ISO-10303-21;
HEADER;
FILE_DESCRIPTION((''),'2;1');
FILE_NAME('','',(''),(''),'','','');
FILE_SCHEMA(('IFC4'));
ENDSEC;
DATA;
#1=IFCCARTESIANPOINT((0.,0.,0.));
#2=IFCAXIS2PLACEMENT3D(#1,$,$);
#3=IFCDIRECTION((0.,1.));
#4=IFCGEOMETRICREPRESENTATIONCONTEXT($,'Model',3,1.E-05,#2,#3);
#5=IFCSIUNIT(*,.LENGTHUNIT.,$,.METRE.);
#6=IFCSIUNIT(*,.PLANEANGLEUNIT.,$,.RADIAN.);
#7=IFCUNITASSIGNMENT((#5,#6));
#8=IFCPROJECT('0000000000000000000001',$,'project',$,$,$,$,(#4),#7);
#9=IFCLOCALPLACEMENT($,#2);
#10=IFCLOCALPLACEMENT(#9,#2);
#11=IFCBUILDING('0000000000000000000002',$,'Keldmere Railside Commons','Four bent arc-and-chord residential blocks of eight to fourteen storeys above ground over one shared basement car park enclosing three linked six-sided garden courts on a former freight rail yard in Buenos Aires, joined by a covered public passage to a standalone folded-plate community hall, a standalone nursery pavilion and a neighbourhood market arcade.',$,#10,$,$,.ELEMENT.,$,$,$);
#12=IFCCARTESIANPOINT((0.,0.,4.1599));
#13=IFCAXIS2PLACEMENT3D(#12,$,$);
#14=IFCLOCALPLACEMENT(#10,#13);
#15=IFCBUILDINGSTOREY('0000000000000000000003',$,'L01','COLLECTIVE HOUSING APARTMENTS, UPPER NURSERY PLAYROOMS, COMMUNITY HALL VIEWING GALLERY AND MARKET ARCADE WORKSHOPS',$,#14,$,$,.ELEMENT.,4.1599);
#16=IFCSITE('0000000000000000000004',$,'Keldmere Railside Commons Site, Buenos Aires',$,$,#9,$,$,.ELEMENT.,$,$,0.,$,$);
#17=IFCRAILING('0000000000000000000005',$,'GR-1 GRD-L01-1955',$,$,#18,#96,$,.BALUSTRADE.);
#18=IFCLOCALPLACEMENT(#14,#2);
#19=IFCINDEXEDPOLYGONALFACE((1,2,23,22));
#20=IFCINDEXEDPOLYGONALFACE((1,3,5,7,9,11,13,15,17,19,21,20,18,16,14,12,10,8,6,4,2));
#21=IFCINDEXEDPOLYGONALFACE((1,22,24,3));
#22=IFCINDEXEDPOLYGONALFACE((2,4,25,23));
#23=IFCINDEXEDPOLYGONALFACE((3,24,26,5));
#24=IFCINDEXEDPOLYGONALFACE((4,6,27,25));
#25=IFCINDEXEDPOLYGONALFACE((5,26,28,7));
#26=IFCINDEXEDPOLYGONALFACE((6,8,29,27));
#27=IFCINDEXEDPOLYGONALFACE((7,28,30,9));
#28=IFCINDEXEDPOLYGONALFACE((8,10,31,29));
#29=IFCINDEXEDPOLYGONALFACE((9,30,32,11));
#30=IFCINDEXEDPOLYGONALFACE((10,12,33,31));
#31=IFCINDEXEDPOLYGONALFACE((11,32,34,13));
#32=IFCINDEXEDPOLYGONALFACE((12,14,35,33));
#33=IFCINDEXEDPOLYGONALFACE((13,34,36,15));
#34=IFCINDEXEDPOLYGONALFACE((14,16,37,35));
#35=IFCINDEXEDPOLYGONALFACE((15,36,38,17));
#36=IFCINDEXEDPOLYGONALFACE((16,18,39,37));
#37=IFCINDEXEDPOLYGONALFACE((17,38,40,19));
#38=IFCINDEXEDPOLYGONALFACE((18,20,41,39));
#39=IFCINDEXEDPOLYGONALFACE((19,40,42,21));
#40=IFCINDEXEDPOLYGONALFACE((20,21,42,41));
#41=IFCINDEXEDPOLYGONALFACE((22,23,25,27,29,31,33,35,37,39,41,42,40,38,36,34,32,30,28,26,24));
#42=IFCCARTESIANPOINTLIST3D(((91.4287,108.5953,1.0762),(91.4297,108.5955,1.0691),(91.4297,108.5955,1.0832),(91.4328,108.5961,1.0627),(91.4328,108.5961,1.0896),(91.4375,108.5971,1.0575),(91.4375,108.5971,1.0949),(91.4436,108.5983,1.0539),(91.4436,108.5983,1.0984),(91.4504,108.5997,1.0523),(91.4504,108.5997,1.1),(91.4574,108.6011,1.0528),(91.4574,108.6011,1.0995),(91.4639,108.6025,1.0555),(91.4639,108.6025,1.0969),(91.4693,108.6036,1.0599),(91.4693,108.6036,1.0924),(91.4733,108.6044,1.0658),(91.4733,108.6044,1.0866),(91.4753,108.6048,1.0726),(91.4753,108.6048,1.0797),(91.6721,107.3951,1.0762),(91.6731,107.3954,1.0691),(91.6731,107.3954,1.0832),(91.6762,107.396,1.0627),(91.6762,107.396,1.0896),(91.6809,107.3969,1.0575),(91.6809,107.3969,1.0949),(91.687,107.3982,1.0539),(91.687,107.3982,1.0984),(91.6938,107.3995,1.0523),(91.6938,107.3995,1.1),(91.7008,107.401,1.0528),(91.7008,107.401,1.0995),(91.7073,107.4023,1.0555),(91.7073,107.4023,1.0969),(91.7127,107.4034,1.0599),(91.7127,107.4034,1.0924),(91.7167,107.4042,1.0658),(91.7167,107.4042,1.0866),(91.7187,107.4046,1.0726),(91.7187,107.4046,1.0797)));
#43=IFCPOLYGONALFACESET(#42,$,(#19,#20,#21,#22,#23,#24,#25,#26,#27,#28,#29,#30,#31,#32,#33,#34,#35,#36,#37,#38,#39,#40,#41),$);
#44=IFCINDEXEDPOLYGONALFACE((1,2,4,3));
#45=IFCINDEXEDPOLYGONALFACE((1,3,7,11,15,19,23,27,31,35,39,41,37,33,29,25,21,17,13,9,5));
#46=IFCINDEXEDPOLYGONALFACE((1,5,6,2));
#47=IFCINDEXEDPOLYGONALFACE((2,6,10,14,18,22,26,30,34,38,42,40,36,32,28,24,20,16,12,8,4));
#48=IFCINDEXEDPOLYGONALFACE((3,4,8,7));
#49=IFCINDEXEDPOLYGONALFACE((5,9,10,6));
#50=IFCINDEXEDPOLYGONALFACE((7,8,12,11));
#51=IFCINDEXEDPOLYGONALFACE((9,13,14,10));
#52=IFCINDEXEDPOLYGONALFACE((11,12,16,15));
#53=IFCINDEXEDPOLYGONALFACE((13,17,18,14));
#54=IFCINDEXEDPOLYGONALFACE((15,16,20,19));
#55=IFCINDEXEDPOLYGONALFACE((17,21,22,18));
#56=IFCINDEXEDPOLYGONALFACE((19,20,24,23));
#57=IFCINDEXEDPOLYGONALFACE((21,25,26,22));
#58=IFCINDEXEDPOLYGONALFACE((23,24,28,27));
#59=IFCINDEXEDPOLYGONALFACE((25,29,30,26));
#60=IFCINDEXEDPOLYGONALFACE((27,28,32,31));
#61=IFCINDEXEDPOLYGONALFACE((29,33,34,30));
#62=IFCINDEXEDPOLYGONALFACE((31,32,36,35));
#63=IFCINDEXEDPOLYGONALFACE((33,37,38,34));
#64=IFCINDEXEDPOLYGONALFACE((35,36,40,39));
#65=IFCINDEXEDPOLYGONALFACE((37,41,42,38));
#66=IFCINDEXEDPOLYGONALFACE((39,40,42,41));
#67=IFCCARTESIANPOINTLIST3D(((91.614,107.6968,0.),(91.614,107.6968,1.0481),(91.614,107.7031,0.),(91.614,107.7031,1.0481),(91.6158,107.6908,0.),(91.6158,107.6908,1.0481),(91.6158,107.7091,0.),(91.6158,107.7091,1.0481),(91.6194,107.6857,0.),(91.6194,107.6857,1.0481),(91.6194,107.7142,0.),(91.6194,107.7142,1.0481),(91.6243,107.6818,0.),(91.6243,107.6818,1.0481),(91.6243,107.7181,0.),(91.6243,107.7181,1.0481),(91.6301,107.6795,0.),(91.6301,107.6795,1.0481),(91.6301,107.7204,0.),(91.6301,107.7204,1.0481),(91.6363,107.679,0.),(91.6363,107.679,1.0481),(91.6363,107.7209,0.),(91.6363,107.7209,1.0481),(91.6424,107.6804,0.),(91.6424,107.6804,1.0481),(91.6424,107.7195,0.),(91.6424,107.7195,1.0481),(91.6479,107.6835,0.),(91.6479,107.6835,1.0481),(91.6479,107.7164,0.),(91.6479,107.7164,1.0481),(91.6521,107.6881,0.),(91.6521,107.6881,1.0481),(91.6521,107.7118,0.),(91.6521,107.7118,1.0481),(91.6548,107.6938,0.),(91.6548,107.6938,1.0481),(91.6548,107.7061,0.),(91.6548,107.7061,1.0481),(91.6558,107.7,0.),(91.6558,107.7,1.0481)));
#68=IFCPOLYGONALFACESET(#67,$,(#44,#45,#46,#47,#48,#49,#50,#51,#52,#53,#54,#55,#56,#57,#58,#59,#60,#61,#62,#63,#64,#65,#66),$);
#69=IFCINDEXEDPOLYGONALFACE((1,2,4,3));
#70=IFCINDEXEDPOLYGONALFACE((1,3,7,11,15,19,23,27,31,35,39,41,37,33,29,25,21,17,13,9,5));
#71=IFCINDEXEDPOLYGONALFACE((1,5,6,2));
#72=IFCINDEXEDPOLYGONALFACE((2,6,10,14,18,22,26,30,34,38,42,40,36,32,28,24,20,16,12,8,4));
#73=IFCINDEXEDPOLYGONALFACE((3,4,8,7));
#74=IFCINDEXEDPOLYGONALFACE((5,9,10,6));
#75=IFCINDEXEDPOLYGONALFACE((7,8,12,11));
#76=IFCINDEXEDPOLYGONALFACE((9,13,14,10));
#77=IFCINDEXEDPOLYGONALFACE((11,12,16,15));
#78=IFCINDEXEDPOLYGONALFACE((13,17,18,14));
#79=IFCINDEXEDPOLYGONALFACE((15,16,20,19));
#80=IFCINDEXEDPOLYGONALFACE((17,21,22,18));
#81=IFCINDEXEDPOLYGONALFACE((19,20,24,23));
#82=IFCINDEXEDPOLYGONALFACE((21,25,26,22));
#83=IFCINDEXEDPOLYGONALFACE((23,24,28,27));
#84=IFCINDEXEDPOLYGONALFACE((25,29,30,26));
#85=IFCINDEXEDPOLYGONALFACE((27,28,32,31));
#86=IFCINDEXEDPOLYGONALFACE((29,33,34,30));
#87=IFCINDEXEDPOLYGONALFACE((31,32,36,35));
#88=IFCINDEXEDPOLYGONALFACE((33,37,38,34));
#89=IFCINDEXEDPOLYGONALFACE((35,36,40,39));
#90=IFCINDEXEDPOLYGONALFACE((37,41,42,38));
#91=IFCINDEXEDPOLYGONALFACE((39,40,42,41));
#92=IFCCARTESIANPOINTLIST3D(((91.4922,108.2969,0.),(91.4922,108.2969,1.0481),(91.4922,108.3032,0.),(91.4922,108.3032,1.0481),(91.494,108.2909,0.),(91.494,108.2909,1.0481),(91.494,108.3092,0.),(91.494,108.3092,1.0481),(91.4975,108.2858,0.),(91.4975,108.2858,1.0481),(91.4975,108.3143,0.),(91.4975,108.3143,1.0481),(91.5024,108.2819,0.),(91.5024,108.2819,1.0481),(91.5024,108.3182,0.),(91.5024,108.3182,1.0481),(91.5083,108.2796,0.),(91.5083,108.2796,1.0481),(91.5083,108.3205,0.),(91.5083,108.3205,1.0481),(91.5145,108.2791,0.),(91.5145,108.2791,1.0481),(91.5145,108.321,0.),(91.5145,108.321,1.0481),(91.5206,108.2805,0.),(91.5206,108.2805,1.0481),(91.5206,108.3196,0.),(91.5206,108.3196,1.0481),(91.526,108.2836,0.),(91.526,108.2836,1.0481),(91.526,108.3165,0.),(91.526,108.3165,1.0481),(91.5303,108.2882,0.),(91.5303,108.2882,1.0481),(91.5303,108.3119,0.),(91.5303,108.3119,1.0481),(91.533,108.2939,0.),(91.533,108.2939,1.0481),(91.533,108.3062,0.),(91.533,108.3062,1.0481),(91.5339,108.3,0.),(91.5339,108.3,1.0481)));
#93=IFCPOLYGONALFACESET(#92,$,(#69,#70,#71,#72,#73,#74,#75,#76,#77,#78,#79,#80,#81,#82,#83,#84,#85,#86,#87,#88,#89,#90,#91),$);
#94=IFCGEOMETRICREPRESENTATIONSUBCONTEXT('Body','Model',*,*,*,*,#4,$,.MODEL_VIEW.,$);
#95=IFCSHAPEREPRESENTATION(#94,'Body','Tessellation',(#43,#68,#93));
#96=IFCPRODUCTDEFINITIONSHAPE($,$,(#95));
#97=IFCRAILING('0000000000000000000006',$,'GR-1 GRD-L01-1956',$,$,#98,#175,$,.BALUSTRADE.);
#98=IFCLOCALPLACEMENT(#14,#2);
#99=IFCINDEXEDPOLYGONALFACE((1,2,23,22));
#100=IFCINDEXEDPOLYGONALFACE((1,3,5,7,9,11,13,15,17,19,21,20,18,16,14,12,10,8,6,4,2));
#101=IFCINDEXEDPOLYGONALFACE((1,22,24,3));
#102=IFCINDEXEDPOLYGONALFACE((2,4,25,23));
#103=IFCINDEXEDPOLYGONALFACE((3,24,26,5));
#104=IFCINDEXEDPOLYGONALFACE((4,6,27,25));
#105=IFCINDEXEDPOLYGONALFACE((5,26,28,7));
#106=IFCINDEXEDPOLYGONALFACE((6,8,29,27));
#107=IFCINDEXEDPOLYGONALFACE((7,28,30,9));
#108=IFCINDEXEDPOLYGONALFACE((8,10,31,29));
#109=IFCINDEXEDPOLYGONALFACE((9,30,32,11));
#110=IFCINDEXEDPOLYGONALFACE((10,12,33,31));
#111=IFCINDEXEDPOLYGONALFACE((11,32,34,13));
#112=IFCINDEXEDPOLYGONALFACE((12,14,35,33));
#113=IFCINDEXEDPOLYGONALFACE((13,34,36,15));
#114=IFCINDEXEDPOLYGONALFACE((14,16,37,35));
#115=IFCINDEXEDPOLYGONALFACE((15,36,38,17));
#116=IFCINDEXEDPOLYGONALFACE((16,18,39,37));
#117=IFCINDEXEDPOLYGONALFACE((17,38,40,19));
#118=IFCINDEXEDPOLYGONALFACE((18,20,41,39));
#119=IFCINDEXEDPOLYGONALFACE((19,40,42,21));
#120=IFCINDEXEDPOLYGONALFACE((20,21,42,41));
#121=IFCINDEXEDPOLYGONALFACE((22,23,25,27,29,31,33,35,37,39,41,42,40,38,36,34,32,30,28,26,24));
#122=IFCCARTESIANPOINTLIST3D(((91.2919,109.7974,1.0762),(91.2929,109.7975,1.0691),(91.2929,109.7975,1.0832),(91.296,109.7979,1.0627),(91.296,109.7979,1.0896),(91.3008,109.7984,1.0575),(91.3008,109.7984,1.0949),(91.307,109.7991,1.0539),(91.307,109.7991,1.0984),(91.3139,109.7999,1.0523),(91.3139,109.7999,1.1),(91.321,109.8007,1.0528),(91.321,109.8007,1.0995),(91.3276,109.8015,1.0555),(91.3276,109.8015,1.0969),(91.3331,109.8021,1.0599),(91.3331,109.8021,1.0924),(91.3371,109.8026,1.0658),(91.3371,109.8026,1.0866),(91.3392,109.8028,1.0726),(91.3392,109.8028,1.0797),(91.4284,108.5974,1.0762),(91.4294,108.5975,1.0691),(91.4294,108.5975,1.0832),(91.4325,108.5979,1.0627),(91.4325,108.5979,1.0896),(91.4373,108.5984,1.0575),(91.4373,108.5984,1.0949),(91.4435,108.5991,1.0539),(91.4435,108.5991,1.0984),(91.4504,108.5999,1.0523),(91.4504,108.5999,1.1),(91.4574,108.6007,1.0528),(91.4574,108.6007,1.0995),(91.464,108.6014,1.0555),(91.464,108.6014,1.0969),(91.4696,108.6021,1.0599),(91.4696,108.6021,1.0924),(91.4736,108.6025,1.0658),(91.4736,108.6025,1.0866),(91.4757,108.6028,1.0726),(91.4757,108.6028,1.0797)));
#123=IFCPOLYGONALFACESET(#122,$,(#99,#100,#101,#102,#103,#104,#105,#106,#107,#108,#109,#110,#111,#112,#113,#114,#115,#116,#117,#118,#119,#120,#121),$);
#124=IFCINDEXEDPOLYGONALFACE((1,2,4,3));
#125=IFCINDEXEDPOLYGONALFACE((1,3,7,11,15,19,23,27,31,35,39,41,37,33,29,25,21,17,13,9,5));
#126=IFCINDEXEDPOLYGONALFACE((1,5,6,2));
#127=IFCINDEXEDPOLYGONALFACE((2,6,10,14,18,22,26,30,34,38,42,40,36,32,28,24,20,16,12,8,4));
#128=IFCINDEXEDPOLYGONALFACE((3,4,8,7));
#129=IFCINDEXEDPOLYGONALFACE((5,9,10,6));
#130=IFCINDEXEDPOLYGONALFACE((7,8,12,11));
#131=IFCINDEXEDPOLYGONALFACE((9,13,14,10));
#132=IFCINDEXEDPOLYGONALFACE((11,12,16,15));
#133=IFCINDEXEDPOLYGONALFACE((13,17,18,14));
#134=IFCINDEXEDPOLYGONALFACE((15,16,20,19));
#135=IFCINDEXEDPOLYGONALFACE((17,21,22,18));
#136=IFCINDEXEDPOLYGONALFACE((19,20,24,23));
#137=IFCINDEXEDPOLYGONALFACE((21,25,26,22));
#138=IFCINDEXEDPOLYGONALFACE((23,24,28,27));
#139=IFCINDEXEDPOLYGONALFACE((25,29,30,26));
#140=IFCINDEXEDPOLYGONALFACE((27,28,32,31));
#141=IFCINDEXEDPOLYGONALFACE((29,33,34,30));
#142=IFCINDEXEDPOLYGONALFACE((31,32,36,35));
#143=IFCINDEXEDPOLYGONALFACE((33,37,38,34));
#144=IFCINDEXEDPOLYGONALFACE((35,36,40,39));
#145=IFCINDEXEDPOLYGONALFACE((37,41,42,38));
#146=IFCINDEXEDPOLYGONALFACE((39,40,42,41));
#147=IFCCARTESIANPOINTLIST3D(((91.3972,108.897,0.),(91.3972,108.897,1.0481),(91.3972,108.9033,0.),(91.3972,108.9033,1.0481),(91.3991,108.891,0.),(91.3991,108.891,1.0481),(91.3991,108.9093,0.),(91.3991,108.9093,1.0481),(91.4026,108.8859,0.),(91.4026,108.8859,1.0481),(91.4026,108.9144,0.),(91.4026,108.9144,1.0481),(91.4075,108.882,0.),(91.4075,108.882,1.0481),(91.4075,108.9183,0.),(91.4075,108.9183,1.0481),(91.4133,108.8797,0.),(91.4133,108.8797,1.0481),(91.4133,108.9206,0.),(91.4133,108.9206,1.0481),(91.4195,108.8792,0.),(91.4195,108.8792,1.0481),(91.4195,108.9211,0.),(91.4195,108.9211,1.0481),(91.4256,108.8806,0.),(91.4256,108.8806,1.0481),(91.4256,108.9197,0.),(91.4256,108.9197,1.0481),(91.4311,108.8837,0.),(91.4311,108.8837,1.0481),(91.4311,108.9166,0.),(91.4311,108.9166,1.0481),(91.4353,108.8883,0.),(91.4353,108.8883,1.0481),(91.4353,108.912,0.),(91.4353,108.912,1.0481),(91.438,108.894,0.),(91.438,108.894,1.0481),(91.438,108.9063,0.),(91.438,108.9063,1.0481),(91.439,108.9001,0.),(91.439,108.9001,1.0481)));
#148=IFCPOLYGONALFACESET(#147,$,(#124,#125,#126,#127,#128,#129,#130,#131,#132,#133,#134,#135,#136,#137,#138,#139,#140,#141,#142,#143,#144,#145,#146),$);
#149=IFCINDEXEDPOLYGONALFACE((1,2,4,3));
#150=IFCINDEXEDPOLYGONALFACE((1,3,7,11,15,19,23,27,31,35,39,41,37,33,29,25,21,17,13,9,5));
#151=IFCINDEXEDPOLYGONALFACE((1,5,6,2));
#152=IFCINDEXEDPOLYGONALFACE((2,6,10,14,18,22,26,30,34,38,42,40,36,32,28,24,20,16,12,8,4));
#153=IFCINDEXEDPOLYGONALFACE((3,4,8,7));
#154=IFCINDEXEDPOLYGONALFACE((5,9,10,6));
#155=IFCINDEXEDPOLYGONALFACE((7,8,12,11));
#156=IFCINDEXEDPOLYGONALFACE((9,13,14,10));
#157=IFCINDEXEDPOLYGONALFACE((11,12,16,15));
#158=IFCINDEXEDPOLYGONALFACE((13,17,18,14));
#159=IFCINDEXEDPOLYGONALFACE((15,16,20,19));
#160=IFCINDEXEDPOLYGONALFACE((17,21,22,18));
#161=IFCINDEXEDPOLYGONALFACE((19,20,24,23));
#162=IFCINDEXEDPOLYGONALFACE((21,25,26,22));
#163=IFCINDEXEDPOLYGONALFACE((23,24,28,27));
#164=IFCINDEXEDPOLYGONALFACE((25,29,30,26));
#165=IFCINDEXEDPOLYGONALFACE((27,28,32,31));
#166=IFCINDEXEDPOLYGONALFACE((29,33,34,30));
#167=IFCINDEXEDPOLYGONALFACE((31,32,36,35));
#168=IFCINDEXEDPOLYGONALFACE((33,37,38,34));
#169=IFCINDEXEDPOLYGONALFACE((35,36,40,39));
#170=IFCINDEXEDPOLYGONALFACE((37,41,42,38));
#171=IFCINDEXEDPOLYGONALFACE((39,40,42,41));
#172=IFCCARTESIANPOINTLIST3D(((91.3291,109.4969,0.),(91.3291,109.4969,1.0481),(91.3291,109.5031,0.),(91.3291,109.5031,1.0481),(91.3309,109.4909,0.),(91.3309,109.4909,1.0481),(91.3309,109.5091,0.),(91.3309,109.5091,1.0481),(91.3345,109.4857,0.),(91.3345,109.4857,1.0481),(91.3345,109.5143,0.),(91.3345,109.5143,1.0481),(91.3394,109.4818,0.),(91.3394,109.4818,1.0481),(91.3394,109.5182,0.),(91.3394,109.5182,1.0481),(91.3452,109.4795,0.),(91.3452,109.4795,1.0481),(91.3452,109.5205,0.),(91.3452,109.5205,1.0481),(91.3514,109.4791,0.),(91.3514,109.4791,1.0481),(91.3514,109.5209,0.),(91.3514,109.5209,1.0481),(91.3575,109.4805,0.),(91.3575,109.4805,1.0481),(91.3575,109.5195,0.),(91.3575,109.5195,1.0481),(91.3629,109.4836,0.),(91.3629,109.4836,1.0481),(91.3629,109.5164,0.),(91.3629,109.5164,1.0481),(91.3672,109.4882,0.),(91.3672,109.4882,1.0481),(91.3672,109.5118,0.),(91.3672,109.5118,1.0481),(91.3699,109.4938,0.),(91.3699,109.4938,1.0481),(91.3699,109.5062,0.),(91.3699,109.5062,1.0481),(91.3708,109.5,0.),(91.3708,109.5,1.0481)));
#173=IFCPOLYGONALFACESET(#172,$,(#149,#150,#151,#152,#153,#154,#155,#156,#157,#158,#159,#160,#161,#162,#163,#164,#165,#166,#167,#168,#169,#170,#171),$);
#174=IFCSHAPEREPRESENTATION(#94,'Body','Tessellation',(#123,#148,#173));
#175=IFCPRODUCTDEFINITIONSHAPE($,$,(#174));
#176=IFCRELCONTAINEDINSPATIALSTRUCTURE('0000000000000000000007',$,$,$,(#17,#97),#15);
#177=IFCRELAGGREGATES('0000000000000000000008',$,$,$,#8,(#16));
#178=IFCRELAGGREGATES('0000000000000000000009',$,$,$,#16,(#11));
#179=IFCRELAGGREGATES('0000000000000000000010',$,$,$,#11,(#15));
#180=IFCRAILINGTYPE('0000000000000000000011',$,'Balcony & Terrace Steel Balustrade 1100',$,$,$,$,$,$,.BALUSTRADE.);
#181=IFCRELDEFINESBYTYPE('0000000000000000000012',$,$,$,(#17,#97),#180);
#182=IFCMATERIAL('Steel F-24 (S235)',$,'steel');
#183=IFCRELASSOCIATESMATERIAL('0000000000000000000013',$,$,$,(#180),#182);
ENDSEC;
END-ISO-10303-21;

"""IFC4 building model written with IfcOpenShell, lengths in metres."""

from ifc_helpers import new_model, si_unit, direction, frame, origin, origin_2d, place, context, subcontext, project, spatial, circle, extrude, material, type_object, element, save


model = new_model("IFC4")

# Units and contexts
model_context = context("Model", 3, precision=1e-05, world=origin(), true_north=direction((0.0, 1.0)))
body_context = subcontext(model_context, "Body", "Model", "MODEL_VIEW")
ifc_project = project(units=[si_unit("LENGTHUNIT", "METRE"), si_unit("PLANEANGLEUNIT", "RADIAN")], contexts=[model_context])

# Site, building, storey
site_placement = place(None, origin())
site = spatial("IfcSite", under=ifc_project, at=site_placement, Name="Keldmere Railside Commons Site, Buenos Aires", CompositionType="ELEMENT", RefElevation=0.0)
building_placement = place(site_placement, origin())
building = spatial("IfcBuilding", under=site, at=building_placement, Name="Keldmere Railside Commons", Description="Four bent arc-and-chord residential blocks of eight to fourteen storeys above ground over one shared basement car park enclosing three linked six-sided garden courts on a former freight rail yard in Buenos Aires, joined by a covered public passage to a standalone folded-plate community hall, a standalone nursery pavilion and a neighbourhood market arcade.", CompositionType="ELEMENT")
storey_placement = place(building_placement, frame((0.0, 0.0, 4.1599)))
storey = spatial("IfcBuildingStorey", under=building, at=storey_placement, Name="L01", Description="COLLECTIVE HOUSING APARTMENTS, UPPER NURSERY PLAYROOMS, COMMUNITY HALL VIEWING GALLERY AND MARKET ARCADE WORKSHOPS", CompositionType="ELEMENT", Elevation=4.1599)

# Railings
ifc_material_1 = material(Name="Steel F-24 (S235)", Category="steel")
railing_type = type_object("IfcRailingType", Name="Balcony & Terrace Steel Balustrade 1100", PredefinedType="BALUSTRADE", material=ifc_material_1)
railing_1_placement = place(storey_placement, frame((91.6956, 107.3999, 0.0)))
element("IfcRailing", 1, at=railing_1_placement, inside=storey, type_object=railing_type, Name="GR-1 GRD-L01-1955", PredefinedType="BALUSTRADE", context=body_context, shape_type="SweptSolid", body=[
    extrude(circle(Radius=0.0239, at=origin_2d()), frame((0.0, 0.0, 1.0762), z_axis=(-0.198761, 0.980048, 0.0), x_axis=(-0.980048, -0.198761, 0.0)), (0.0, 0.0, 1.0), 1.2246),
    extrude(circle(Radius=0.021, at=origin_2d()), frame((-0.0608, 0.3, 0.0)), (0.0, 0.0, 1.0), 1.0481),
    extrude(circle(Radius=0.021, at=origin_2d()), frame((-0.1826, 0.9001, 0.0)), (0.0, 0.0, 1.0), 1.0481),
])
railing_2_placement = place(storey_placement, frame((91.4521, 108.6001, 0.0)))
element("IfcRailing", 2, at=railing_2_placement, inside=storey, type_object=railing_type, Name="GR-1 GRD-L01-1956", PredefinedType="BALUSTRADE", context=body_context, shape_type="SweptSolid", body=[
    extrude(circle(Radius=0.0239, at=origin_2d()), frame((0.0, 0.0, 1.0762), z_axis=(-0.113005, 0.993594, 0.0), x_axis=(-0.993594, -0.113005, 0.0)), (0.0, 0.0, 1.0), 1.2078),
    extrude(circle(Radius=0.021, at=origin_2d()), frame((-0.0342, 0.3, 0.0)), (0.0, 0.0, 1.0), 1.0481),
    extrude(circle(Radius=0.021, at=origin_2d()), frame((-0.1023, 0.8999, 0.0)), (0.0, 0.0, 1.0), 1.0481),
])

save(model, "model.ifc")
